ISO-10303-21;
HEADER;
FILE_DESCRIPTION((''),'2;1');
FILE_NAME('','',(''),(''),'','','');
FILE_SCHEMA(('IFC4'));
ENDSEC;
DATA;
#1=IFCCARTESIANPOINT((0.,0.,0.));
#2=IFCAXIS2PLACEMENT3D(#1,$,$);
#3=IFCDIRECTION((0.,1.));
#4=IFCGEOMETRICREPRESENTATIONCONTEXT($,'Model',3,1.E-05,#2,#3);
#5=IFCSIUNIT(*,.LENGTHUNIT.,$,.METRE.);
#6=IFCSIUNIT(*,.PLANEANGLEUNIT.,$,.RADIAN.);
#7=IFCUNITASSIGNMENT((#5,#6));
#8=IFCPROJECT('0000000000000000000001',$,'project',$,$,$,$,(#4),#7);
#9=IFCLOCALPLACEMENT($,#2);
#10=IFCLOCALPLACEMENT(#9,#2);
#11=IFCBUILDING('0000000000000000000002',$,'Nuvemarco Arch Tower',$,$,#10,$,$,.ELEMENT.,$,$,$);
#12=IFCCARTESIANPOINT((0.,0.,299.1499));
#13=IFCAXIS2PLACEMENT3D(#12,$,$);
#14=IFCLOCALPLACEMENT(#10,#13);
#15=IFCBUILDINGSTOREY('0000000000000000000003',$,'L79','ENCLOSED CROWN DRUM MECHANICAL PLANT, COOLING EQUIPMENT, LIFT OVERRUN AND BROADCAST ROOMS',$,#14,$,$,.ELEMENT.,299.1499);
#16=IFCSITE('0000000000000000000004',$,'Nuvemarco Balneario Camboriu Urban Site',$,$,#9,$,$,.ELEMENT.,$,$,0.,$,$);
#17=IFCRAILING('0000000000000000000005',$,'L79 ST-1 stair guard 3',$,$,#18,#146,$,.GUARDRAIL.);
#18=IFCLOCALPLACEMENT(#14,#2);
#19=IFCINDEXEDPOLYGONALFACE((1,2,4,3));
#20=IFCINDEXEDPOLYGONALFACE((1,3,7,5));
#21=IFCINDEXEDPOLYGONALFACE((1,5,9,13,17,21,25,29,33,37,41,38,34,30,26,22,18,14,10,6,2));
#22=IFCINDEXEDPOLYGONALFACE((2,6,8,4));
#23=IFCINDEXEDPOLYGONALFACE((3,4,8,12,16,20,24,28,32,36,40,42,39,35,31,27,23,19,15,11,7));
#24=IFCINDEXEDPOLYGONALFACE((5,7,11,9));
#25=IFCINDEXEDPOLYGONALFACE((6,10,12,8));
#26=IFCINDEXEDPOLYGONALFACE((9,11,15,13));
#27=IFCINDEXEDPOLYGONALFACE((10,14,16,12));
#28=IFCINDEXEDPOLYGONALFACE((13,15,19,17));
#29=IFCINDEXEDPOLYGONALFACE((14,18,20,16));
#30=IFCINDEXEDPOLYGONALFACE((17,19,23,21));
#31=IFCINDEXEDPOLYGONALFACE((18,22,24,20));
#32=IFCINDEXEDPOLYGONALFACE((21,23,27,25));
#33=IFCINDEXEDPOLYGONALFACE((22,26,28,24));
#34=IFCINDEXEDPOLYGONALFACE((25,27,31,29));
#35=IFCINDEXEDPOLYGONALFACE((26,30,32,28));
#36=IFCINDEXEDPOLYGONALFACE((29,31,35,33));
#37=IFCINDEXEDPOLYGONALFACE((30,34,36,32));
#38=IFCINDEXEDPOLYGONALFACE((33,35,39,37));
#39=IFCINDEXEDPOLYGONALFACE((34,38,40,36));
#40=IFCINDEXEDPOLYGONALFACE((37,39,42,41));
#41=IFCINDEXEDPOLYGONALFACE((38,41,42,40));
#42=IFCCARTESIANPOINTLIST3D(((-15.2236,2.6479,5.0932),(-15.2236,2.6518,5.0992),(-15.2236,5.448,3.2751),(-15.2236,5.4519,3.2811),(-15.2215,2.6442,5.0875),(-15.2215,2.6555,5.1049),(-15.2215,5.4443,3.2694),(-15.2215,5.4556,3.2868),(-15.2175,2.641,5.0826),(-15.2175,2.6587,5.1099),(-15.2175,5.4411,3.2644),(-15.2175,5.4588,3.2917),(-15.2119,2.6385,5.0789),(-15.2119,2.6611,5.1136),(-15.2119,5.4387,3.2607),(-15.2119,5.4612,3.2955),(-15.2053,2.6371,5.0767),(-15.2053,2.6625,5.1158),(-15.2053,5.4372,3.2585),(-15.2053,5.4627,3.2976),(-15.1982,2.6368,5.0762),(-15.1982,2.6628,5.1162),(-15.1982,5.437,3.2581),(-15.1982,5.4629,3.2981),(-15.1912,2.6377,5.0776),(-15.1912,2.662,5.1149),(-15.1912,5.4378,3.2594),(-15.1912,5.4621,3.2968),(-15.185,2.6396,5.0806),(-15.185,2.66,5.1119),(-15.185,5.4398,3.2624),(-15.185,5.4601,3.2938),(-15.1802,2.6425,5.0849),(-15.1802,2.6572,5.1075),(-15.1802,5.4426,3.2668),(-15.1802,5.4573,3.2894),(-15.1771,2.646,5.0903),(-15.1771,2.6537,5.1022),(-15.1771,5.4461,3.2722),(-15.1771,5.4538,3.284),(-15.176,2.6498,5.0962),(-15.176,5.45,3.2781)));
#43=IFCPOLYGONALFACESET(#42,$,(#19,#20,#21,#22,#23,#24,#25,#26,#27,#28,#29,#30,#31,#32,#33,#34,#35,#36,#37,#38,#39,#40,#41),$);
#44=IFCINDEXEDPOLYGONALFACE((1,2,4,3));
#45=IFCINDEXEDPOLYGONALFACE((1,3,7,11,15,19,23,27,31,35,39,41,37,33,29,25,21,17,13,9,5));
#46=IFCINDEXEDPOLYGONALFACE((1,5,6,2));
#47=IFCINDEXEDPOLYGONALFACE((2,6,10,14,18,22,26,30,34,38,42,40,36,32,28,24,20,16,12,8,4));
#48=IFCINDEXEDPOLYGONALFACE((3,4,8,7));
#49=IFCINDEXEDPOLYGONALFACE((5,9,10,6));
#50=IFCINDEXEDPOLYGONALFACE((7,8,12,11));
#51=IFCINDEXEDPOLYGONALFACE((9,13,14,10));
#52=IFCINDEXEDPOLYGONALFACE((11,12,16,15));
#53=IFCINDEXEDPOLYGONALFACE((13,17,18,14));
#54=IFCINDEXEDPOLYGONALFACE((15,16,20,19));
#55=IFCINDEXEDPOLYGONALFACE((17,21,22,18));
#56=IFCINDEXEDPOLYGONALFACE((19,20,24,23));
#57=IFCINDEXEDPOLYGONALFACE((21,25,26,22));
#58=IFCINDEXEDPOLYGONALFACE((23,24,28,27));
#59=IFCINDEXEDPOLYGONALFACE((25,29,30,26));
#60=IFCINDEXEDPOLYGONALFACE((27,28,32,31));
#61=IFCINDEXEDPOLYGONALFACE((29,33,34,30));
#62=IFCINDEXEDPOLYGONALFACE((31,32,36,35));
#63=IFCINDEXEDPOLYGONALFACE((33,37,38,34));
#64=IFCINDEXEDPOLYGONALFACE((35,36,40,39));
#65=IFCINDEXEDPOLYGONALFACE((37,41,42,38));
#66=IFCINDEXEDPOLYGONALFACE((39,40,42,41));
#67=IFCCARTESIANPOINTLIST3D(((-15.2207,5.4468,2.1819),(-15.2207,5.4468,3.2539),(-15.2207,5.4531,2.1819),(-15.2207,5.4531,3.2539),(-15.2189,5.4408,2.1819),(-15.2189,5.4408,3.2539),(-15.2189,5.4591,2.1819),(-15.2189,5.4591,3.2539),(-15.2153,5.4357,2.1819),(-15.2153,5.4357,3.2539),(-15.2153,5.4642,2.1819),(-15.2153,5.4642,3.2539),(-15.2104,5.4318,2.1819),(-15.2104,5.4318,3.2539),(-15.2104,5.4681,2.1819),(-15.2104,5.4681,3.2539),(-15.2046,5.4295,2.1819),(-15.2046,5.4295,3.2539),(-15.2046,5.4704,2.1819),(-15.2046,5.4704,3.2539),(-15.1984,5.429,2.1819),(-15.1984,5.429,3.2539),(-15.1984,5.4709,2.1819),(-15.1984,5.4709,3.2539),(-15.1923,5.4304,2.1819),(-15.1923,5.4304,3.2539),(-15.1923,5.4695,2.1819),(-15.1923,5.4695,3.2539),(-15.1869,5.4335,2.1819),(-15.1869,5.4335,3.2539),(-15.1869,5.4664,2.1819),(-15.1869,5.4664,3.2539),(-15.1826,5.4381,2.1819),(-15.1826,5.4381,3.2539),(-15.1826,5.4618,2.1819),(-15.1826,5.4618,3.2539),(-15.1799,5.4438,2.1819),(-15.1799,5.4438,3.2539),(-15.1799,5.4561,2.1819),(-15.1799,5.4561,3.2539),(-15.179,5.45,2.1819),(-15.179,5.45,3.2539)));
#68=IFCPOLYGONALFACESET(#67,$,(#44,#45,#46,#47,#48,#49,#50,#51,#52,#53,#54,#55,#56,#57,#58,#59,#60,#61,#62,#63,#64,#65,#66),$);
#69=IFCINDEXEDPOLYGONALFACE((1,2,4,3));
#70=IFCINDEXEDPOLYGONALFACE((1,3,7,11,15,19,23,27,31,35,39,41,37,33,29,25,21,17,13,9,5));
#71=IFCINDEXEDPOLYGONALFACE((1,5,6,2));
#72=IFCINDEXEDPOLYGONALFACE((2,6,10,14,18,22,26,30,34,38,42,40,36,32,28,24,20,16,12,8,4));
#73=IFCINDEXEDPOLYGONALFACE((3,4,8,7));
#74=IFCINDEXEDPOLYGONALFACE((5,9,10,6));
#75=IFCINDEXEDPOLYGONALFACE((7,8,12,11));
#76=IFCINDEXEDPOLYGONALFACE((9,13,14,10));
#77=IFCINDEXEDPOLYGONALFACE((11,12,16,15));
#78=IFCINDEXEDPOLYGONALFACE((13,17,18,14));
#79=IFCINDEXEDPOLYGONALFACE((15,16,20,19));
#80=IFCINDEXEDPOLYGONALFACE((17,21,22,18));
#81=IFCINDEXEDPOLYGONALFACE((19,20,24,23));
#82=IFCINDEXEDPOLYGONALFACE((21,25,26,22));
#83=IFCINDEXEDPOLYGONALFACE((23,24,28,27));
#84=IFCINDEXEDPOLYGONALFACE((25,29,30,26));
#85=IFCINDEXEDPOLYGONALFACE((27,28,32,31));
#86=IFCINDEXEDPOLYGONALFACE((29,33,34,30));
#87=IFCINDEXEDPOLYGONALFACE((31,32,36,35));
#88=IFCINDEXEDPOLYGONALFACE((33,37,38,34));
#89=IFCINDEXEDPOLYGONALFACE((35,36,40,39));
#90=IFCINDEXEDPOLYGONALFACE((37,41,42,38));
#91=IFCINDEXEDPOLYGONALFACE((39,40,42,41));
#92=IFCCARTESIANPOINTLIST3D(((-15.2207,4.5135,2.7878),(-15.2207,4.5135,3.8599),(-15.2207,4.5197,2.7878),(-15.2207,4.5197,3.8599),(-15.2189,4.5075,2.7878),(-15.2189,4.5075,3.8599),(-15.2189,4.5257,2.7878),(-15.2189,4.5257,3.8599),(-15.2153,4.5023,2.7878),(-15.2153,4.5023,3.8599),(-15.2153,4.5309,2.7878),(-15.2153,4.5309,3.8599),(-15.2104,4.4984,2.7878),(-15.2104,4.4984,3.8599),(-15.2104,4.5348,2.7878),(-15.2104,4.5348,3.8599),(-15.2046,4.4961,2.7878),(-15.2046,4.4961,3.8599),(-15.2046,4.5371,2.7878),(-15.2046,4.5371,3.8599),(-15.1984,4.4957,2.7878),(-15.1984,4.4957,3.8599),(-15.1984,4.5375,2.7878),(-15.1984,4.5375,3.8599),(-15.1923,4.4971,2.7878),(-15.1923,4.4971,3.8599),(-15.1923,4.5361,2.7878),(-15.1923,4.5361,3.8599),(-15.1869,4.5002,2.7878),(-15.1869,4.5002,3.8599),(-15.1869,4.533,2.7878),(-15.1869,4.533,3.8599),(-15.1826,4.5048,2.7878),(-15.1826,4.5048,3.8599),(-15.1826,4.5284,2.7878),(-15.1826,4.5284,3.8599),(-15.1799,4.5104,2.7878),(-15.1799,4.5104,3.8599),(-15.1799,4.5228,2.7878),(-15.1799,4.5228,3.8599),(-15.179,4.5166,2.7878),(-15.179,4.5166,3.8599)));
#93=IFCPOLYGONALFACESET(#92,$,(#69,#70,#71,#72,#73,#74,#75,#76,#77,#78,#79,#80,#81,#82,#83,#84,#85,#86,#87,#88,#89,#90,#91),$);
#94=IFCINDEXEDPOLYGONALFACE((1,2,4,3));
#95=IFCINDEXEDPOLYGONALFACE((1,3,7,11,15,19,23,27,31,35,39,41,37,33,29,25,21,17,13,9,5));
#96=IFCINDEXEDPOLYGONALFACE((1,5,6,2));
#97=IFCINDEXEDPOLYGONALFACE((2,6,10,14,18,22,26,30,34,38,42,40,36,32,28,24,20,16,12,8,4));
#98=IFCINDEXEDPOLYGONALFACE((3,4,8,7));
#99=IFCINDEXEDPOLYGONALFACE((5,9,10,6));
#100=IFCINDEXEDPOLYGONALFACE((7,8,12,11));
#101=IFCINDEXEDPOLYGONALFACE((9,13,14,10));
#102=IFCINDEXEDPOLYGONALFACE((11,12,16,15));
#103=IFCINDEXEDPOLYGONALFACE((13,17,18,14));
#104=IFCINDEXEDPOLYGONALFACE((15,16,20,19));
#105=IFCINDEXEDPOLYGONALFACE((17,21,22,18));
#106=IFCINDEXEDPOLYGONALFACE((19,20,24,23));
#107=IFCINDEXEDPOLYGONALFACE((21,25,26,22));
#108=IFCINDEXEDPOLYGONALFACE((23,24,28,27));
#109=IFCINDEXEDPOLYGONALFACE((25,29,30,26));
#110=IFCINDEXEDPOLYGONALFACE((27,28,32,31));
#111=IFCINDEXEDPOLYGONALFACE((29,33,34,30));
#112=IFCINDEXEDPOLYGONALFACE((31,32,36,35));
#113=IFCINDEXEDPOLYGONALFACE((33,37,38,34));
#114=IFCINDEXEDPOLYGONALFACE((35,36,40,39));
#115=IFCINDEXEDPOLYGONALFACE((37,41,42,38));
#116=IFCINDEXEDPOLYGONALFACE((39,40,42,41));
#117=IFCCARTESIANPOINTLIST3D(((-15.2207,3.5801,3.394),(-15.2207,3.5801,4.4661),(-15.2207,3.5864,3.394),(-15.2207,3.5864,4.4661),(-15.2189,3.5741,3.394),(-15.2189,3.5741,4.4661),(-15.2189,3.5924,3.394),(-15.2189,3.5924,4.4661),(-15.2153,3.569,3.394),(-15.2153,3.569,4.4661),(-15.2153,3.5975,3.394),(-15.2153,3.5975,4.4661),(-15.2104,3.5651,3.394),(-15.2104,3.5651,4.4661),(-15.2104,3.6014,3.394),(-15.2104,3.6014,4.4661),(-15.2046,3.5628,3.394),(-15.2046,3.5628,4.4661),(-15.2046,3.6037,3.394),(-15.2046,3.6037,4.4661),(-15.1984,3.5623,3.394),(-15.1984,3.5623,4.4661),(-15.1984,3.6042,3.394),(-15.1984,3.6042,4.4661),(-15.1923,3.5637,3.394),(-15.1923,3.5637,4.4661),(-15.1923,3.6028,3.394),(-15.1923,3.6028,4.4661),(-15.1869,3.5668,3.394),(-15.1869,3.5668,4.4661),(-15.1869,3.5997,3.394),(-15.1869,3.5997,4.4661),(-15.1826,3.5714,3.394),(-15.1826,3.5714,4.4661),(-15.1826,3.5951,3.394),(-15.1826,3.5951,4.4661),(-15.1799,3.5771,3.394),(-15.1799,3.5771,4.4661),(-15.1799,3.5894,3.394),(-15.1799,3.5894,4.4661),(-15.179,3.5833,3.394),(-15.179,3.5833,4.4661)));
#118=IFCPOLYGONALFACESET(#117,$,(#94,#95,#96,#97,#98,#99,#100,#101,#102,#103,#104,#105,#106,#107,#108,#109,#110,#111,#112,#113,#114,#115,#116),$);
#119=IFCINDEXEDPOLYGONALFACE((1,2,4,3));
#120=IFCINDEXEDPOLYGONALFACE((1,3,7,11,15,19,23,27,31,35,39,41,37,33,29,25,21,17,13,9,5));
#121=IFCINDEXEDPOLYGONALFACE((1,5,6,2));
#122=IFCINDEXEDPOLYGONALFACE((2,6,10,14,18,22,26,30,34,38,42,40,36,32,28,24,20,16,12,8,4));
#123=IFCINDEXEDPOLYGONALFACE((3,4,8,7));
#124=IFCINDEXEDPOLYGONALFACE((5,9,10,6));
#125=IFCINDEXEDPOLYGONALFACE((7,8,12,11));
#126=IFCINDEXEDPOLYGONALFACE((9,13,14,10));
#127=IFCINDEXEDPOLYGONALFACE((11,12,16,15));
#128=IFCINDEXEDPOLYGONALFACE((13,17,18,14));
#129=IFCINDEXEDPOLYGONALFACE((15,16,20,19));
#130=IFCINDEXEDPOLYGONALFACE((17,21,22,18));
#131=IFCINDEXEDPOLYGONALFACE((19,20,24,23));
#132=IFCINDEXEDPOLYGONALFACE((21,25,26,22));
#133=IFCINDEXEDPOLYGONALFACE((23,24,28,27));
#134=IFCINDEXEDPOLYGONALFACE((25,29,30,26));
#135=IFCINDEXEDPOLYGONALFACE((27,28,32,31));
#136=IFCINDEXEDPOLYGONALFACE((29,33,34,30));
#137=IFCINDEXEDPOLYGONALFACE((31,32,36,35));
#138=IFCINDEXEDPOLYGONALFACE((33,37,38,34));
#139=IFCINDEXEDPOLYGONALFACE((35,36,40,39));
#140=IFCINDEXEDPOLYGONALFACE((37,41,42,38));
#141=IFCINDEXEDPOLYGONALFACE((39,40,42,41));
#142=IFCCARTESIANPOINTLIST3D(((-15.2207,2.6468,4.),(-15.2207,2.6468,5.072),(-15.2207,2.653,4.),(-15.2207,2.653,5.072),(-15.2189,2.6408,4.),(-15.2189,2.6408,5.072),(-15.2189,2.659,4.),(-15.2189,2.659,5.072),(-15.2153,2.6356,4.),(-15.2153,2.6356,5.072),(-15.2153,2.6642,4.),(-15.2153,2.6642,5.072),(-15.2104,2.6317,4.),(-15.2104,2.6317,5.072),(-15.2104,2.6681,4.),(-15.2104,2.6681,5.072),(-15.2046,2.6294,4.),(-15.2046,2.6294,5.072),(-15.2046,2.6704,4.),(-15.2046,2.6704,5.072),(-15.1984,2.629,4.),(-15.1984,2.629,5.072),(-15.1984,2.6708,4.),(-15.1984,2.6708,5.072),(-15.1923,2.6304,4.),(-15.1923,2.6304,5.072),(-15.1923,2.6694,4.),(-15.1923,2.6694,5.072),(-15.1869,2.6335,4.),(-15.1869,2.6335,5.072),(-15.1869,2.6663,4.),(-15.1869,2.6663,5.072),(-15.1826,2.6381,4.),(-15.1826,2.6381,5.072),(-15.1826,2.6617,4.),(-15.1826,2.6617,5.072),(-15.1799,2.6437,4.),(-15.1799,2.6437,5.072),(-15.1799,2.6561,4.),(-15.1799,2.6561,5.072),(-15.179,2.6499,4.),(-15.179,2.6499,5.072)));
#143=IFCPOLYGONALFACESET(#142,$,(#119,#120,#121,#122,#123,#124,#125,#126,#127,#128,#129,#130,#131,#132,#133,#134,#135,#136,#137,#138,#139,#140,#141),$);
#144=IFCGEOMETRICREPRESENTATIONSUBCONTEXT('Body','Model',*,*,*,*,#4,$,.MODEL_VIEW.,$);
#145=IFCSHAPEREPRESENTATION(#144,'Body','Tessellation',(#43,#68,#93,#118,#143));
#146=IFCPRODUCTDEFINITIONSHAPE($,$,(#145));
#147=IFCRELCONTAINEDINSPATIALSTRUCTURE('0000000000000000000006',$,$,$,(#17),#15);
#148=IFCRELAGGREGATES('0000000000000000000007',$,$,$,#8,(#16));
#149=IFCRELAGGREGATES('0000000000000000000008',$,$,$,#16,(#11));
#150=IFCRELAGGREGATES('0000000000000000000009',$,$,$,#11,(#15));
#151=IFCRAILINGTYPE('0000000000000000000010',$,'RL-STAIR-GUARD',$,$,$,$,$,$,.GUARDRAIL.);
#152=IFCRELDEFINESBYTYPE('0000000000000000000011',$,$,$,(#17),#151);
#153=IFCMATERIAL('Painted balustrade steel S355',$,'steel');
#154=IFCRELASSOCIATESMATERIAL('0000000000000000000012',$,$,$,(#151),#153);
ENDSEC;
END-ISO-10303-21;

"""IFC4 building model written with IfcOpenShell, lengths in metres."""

from ifc_helpers import new_model, si_unit, direction, frame, origin, origin_2d, place, context, subcontext, project, spatial, circle, extrude, material, type_object, element, save


model = new_model("IFC4")

# Units and contexts
model_context = context("Model", 3, precision=1e-05, world=origin(), true_north=direction((0.0, 1.0)))
body_context = subcontext(model_context, "Body", "Model", "MODEL_VIEW")
ifc_project = project(units=[si_unit("LENGTHUNIT", "METRE"), si_unit("PLANEANGLEUNIT", "RADIAN")], contexts=[model_context])

# Site, building, storey
site_placement = place(None, origin())
site = spatial("IfcSite", under=ifc_project, at=site_placement, Name="Nuvemarco Balneario Camboriu Urban Site", CompositionType="ELEMENT", RefElevation=0.0)
building_placement = place(site_placement, origin())
building = spatial("IfcBuilding", under=site, at=building_placement, Name="Nuvemarco Arch Tower", CompositionType="ELEMENT")
storey_placement = place(building_placement, frame((0.0, 0.0, 299.1499)))
storey = spatial("IfcBuildingStorey", under=building, at=storey_placement, Name="L79", Description="ENCLOSED CROWN DRUM MECHANICAL PLANT, COOLING EQUIPMENT, LIFT OVERRUN AND BROADCAST ROOMS", CompositionType="ELEMENT", Elevation=299.1499)

# Railing
ifc_material_1 = material(Name="Painted balustrade steel S355", Category="steel")
railing_type_1 = type_object("IfcRailingType", Name="RL-STAIR-GUARD", PredefinedType="GUARDRAIL", material=ifc_material_1)
railing_1_placement = place(storey_placement, frame((-15.2, 5.45, 2.1819)))
element("IfcRailing", 1, at=railing_1_placement, inside=storey, type_object=railing_type_1, Name="L79 ST-1 stair guard 3", PredefinedType="GUARDRAIL", context=body_context, shape_type="SweptSolid", body=[
    extrude(circle(Radius=0.0239, at=origin_2d()), frame((0.0, 0.0, 1.0962), z_axis=(0.0, -0.838706, 0.544585), x_axis=(1.0, 0.0, 0.0)), (0.0, 0.0, 1.0), 3.3386),
    extrude(circle(Radius=0.021, at=origin_2d()), origin(), (0.0, 0.0, 1.0), 1.072),
    extrude(circle(Radius=0.021, at=origin_2d()), frame((0.0, -0.9333, 0.606)), (0.0, 0.0, 1.0), 1.072),
    extrude(circle(Radius=0.021, at=origin_2d()), frame((0.0, -1.8667, 1.2122)), (0.0, 0.0, 1.0), 1.072),
    extrude(circle(Radius=0.021, at=origin_2d()), frame((0.0, -2.8, 1.8181)), (0.0, 0.0, 1.0), 1.072),
])

save(model, "model.ifc")
